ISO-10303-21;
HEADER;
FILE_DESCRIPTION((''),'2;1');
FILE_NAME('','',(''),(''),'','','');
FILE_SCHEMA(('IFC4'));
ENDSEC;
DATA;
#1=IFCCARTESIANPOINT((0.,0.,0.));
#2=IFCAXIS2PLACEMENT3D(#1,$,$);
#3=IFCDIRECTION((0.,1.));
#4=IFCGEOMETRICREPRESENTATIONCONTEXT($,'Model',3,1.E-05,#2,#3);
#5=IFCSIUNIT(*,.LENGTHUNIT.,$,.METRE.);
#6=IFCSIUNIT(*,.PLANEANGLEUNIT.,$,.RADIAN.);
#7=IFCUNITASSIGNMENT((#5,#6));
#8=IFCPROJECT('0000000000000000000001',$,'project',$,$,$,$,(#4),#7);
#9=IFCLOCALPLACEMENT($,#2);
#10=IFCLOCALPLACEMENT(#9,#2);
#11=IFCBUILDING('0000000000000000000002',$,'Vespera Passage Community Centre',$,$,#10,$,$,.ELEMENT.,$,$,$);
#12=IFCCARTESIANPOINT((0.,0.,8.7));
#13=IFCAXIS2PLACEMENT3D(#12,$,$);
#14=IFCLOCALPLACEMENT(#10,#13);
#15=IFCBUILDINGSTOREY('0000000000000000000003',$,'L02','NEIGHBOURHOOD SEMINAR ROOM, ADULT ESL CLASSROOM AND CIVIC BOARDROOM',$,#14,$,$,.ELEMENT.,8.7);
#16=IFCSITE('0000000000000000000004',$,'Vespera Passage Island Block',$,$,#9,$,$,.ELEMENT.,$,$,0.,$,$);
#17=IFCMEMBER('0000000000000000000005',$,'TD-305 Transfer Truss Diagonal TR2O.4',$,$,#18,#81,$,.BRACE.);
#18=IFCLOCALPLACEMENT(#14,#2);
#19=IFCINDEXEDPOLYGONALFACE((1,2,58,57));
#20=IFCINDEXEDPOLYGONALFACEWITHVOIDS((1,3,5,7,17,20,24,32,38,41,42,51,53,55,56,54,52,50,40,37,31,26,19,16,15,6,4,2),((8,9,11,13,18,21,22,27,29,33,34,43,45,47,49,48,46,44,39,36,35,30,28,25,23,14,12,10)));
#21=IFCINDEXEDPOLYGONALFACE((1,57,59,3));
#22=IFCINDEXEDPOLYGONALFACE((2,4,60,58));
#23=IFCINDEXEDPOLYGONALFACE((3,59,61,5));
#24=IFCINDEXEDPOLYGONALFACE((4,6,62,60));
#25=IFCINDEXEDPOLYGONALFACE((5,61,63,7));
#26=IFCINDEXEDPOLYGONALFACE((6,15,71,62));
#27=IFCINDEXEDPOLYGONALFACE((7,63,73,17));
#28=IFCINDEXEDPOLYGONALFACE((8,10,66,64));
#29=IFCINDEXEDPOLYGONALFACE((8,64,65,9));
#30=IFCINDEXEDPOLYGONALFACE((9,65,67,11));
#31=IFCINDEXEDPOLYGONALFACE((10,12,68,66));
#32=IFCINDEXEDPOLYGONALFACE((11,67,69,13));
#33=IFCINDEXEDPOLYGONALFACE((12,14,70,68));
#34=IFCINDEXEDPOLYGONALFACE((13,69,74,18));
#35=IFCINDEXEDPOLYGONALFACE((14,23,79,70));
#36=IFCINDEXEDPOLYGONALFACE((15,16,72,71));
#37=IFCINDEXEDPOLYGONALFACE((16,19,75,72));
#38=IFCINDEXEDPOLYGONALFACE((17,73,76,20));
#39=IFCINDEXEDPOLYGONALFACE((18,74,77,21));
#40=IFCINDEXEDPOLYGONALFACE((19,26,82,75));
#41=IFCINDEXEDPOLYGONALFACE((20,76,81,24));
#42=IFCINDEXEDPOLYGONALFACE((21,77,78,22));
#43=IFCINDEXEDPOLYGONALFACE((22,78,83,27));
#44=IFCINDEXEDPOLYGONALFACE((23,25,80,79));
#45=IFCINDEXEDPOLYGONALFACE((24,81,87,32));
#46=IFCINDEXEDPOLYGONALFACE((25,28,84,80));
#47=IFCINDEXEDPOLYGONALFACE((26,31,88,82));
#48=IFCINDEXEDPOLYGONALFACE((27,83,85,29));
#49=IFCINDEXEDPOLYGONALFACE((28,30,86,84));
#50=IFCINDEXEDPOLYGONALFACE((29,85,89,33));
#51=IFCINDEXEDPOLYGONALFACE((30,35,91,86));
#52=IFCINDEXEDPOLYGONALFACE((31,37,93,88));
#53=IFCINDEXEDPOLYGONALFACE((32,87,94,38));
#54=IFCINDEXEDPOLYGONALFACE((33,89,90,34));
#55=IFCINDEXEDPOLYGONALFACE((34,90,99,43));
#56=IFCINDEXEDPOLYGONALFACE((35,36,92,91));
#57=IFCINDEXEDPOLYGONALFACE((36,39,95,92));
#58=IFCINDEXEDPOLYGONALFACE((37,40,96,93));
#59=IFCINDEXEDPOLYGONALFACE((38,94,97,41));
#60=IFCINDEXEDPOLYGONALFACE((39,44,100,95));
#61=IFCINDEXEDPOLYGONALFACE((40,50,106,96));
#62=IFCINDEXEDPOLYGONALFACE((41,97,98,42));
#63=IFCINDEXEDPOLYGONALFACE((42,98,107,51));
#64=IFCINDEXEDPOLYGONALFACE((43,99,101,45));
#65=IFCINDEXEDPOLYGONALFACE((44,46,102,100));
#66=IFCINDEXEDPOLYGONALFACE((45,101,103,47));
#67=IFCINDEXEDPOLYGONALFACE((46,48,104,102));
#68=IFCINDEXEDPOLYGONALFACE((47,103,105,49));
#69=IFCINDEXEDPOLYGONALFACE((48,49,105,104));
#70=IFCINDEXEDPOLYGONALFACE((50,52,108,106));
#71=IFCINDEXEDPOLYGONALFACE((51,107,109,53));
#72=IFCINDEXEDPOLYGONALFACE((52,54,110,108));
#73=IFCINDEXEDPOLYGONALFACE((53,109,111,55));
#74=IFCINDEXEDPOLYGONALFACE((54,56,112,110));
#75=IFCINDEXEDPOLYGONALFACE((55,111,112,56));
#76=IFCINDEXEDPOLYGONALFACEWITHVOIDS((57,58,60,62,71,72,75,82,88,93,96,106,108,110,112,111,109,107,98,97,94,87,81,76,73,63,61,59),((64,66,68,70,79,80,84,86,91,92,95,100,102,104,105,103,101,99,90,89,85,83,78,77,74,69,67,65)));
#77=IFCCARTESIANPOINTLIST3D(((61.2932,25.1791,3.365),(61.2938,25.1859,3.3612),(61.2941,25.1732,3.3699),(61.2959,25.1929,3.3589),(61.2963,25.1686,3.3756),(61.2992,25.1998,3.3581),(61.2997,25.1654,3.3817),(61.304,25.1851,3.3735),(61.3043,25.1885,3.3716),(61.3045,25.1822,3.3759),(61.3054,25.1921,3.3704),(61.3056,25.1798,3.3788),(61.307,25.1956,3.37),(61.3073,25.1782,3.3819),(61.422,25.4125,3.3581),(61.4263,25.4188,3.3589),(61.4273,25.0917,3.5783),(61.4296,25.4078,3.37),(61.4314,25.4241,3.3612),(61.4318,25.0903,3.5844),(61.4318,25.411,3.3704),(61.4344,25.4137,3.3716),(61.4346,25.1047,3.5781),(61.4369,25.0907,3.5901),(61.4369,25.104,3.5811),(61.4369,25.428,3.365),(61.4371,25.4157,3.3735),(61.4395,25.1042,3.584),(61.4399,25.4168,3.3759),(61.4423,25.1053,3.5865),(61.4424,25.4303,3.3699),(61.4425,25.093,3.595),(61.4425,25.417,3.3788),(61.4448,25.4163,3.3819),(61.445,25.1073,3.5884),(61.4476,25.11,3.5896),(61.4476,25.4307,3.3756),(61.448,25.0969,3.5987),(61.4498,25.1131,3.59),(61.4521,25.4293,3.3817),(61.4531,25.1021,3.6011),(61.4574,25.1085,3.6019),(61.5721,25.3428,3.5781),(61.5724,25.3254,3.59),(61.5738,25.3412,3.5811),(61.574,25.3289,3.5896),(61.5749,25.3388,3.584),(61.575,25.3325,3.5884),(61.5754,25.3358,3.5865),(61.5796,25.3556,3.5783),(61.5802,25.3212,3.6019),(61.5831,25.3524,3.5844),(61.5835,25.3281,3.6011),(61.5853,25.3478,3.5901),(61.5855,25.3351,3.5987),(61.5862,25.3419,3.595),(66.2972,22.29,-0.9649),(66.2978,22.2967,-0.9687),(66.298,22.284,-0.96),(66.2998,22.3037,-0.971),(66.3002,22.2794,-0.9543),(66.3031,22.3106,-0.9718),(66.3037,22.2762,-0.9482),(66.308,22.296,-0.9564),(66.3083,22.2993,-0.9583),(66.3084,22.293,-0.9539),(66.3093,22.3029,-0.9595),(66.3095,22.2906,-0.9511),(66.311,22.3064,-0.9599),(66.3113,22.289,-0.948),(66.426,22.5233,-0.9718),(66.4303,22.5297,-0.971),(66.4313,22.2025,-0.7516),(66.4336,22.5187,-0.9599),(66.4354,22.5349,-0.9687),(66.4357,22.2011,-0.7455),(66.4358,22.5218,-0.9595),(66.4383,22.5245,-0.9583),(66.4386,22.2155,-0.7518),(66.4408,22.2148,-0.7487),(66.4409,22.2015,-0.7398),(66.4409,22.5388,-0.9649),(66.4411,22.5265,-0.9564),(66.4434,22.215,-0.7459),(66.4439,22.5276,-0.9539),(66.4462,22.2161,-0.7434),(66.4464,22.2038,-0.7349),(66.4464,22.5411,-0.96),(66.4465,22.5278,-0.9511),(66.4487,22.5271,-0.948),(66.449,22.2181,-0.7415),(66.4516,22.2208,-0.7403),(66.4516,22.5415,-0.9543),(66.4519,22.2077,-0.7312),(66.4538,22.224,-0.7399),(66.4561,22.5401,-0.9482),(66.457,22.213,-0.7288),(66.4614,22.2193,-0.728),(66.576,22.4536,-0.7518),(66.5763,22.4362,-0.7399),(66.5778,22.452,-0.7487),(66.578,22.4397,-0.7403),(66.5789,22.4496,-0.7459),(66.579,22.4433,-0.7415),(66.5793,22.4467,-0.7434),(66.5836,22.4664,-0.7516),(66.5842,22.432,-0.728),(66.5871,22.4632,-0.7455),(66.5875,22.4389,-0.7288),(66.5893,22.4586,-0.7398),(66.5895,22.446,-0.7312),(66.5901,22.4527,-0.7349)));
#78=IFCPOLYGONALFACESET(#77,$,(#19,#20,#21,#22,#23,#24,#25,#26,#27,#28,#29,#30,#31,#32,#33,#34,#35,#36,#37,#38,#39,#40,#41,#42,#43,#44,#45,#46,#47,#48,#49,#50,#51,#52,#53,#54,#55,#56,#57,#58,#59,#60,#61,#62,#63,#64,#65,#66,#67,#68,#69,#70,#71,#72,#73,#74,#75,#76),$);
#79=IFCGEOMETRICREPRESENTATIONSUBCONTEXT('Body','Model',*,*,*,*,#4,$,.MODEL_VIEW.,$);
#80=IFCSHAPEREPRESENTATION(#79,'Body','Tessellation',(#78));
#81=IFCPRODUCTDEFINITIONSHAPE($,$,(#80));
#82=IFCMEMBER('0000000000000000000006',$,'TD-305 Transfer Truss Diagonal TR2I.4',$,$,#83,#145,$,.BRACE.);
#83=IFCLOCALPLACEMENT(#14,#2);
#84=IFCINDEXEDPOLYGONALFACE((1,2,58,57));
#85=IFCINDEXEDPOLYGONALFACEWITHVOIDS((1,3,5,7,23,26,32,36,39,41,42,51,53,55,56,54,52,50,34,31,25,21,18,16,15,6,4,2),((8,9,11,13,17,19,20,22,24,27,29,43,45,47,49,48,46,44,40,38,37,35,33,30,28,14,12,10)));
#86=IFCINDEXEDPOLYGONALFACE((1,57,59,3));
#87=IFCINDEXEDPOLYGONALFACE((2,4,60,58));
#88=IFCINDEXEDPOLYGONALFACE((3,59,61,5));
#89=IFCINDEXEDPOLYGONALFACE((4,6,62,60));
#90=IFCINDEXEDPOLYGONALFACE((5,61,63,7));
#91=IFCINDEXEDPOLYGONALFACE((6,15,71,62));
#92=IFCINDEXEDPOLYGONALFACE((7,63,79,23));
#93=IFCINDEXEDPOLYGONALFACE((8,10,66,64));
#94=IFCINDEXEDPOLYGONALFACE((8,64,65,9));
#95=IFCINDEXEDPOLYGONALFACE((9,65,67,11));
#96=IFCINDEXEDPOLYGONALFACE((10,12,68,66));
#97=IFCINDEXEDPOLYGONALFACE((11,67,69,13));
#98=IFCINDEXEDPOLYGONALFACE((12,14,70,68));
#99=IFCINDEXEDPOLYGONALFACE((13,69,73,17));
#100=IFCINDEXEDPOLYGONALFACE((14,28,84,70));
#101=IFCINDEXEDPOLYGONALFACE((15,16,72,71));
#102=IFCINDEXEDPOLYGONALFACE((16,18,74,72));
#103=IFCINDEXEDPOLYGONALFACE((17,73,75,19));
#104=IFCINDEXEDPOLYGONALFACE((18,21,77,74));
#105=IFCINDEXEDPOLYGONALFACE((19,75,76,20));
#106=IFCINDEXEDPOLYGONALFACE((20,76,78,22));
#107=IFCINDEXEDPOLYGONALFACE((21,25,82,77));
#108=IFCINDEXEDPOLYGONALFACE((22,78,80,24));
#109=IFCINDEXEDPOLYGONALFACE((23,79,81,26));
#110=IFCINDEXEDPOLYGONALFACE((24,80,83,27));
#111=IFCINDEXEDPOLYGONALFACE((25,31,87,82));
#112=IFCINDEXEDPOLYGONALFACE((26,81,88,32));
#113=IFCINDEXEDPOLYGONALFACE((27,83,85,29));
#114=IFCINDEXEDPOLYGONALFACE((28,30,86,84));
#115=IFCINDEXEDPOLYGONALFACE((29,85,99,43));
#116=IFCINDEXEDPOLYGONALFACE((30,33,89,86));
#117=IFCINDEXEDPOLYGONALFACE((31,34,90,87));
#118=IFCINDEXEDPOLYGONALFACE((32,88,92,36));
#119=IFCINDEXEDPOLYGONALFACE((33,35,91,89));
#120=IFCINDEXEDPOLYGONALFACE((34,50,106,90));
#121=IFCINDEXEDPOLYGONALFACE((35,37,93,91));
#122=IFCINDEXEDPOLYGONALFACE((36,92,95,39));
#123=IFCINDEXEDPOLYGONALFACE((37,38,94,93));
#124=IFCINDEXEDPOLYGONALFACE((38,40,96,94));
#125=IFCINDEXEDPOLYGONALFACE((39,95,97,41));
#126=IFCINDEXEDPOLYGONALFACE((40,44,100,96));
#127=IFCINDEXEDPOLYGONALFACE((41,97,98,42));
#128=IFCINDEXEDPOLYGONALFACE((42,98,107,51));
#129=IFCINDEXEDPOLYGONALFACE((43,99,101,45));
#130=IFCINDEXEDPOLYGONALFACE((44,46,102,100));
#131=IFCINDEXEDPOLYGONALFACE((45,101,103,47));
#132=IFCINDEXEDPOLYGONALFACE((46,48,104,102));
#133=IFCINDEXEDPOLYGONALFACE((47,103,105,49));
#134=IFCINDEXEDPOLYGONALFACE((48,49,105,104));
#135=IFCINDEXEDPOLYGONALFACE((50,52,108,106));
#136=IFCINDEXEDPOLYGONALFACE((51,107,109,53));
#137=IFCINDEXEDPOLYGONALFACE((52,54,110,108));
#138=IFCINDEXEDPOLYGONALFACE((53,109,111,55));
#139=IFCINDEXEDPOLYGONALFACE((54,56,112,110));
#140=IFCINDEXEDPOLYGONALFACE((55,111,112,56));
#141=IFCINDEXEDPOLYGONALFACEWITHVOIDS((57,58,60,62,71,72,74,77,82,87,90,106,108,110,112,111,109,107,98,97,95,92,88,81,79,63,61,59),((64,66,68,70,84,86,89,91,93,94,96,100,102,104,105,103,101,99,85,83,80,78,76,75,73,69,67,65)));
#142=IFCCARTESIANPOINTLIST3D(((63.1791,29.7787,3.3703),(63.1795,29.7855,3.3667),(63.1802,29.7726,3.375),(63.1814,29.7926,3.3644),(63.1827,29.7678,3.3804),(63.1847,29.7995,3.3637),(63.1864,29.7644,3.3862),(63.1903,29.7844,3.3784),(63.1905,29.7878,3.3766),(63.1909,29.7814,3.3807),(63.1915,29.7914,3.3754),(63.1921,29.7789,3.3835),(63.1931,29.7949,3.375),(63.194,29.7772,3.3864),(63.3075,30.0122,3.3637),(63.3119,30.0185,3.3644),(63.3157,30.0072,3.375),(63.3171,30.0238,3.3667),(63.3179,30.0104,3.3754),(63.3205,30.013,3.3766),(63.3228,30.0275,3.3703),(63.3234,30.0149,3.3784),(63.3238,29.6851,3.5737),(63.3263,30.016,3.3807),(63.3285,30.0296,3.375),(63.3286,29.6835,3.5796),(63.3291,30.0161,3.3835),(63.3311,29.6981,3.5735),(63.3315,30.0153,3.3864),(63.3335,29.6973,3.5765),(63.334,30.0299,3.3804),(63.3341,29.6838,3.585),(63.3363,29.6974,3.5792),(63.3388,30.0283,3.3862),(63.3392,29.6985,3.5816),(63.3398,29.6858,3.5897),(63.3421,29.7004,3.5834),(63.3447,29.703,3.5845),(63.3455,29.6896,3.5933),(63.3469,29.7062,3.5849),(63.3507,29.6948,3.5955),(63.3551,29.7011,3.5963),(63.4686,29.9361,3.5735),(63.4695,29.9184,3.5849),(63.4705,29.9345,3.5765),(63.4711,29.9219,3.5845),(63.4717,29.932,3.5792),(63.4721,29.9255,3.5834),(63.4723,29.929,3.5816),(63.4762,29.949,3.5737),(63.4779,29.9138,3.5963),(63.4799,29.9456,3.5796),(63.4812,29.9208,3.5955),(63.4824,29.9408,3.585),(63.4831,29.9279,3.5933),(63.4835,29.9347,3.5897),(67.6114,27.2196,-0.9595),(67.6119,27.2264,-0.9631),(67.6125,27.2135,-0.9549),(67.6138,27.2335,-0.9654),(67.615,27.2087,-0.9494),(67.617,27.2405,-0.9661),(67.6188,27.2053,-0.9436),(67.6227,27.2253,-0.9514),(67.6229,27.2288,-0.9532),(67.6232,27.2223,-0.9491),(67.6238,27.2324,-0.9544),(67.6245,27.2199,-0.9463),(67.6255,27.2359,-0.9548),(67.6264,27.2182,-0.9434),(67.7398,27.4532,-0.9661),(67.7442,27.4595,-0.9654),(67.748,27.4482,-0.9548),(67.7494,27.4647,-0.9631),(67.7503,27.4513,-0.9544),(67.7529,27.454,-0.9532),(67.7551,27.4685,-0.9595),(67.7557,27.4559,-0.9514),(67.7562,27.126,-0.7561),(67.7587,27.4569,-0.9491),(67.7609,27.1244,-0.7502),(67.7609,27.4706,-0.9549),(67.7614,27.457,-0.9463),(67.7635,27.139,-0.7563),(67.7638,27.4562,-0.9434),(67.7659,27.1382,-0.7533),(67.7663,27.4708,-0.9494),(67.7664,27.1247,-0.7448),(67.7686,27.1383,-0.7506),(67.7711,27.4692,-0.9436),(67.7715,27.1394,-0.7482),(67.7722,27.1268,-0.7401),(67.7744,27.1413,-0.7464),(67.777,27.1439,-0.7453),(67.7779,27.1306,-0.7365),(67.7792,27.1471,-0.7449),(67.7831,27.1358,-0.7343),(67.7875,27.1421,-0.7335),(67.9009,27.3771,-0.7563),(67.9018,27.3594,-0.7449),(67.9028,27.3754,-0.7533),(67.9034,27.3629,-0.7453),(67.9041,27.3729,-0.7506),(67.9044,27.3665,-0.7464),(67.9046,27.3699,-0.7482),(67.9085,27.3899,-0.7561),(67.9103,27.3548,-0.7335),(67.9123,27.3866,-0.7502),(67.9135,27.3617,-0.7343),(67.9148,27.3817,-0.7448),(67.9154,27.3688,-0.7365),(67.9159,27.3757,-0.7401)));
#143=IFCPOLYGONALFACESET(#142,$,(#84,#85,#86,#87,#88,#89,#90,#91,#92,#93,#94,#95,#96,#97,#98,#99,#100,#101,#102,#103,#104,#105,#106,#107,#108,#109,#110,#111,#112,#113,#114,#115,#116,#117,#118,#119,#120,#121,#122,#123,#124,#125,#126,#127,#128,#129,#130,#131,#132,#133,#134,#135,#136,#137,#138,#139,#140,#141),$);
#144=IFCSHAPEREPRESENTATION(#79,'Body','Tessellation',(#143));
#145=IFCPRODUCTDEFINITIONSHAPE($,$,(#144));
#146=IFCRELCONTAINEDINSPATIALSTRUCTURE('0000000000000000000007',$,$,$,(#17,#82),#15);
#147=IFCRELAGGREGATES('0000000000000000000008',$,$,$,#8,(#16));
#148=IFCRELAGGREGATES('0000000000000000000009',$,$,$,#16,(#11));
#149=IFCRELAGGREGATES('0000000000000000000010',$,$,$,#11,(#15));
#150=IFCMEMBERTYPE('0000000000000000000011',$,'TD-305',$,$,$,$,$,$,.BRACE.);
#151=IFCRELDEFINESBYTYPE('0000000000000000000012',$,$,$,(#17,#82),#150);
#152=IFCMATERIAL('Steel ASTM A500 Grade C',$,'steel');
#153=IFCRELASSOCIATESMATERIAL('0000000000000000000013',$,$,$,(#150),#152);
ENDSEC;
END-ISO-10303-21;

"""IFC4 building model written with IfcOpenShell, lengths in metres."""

from ifc_helpers import new_model, si_unit, direction, frame, origin, origin_2d, place, context, subcontext, project, spatial, hollow_rectangle, extrude, material, material_profile, profile_set, type_object, element, save


model = new_model("IFC4")

# Units and contexts
model_context = context("Model", 3, precision=1e-05, world=origin(), true_north=direction((0.0, 1.0)))
body_context = subcontext(model_context, "Body", "Model", "MODEL_VIEW")
ifc_project = project(units=[si_unit("LENGTHUNIT", "METRE"), si_unit("PLANEANGLEUNIT", "RADIAN")], contexts=[model_context])

# Site, building, storey
site_placement = place(None, origin())
site = spatial("IfcSite", under=ifc_project, at=site_placement, Name="Vespera Passage Island Block", CompositionType="ELEMENT", RefElevation=0.0)
building_placement = place(site_placement, origin())
building = spatial("IfcBuilding", under=site, at=building_placement, Name="Vespera Passage Community Centre", CompositionType="ELEMENT")
storey_placement = place(building_placement, frame((0.0, 0.0, 8.7)))
storey = spatial("IfcBuildingStorey", under=building, at=storey_placement, Name="L02", Description="NEIGHBOURHOOD SEMINAR ROOM, ADULT ESL CLASSROOM AND CIVIC BOARDROOM", CompositionType="ELEMENT", Elevation=8.7)

# Members
ifc_material_1 = material(Name="Steel ASTM A500 Grade C", Category="steel")
ifc_material_profile_1 = material_profile(ifc_material_1, hollow_rectangle(XDim=0.3047, YDim=0.3047, WallThickness=0.0149, InnerFilletRadius=0.0149, OuterFilletRadius=0.0295, at=origin_2d()), Name="HSS305X305X15.9")
ifc_profile_set_1 = profile_set([ifc_material_profile_1], Name="Steel ASTM A500 Grade C")
member_type_1 = type_object("IfcMemberType", Name="TD-305", PredefinedType="BRACE", material=ifc_profile_set_1)
member_1_placement = place(storey_placement, frame((61.4397, 25.2605, 3.48), z_axis=(0.693026, -0.40014, -0.599669), x_axis=(0.50002, 0.866014, 0.0)))
element("IfcMember", 1, at=member_1_placement, inside=storey, type_object=member_type_1, Name="TD-305 Transfer Truss Diagonal TR2O.4", PredefinedType="BRACE", context=body_context, shape_type="SweptSolid", body=[
    extrude(hollow_rectangle(XDim=0.3047, YDim=0.3047, WallThickness=0.0149, InnerFilletRadius=0.0149, OuterFilletRadius=0.0295, at=origin_2d()), origin(), (0.0, 0.0, 1.0), 7.2205),
])
member_2_placement = place(storey_placement, frame((63.3313, 29.8567, 3.48), z_axis=(0.661163, -0.38173, -0.645868), x_axis=(0.500007, 0.866021, 0.0)))
element("IfcMember", 2, at=member_2_placement, inside=storey, type_object=member_type_1, Name="TD-305 Transfer Truss Diagonal TR2I.4", PredefinedType="BRACE", context=body_context, shape_type="SweptSolid", body=[
    extrude(hollow_rectangle(XDim=0.3047, YDim=0.3047, WallThickness=0.0149, InnerFilletRadius=0.0149, OuterFilletRadius=0.0295, at=origin_2d()), origin(), (0.0, 0.0, 1.0), 6.7039),
])

save(model, "model.ifc")
